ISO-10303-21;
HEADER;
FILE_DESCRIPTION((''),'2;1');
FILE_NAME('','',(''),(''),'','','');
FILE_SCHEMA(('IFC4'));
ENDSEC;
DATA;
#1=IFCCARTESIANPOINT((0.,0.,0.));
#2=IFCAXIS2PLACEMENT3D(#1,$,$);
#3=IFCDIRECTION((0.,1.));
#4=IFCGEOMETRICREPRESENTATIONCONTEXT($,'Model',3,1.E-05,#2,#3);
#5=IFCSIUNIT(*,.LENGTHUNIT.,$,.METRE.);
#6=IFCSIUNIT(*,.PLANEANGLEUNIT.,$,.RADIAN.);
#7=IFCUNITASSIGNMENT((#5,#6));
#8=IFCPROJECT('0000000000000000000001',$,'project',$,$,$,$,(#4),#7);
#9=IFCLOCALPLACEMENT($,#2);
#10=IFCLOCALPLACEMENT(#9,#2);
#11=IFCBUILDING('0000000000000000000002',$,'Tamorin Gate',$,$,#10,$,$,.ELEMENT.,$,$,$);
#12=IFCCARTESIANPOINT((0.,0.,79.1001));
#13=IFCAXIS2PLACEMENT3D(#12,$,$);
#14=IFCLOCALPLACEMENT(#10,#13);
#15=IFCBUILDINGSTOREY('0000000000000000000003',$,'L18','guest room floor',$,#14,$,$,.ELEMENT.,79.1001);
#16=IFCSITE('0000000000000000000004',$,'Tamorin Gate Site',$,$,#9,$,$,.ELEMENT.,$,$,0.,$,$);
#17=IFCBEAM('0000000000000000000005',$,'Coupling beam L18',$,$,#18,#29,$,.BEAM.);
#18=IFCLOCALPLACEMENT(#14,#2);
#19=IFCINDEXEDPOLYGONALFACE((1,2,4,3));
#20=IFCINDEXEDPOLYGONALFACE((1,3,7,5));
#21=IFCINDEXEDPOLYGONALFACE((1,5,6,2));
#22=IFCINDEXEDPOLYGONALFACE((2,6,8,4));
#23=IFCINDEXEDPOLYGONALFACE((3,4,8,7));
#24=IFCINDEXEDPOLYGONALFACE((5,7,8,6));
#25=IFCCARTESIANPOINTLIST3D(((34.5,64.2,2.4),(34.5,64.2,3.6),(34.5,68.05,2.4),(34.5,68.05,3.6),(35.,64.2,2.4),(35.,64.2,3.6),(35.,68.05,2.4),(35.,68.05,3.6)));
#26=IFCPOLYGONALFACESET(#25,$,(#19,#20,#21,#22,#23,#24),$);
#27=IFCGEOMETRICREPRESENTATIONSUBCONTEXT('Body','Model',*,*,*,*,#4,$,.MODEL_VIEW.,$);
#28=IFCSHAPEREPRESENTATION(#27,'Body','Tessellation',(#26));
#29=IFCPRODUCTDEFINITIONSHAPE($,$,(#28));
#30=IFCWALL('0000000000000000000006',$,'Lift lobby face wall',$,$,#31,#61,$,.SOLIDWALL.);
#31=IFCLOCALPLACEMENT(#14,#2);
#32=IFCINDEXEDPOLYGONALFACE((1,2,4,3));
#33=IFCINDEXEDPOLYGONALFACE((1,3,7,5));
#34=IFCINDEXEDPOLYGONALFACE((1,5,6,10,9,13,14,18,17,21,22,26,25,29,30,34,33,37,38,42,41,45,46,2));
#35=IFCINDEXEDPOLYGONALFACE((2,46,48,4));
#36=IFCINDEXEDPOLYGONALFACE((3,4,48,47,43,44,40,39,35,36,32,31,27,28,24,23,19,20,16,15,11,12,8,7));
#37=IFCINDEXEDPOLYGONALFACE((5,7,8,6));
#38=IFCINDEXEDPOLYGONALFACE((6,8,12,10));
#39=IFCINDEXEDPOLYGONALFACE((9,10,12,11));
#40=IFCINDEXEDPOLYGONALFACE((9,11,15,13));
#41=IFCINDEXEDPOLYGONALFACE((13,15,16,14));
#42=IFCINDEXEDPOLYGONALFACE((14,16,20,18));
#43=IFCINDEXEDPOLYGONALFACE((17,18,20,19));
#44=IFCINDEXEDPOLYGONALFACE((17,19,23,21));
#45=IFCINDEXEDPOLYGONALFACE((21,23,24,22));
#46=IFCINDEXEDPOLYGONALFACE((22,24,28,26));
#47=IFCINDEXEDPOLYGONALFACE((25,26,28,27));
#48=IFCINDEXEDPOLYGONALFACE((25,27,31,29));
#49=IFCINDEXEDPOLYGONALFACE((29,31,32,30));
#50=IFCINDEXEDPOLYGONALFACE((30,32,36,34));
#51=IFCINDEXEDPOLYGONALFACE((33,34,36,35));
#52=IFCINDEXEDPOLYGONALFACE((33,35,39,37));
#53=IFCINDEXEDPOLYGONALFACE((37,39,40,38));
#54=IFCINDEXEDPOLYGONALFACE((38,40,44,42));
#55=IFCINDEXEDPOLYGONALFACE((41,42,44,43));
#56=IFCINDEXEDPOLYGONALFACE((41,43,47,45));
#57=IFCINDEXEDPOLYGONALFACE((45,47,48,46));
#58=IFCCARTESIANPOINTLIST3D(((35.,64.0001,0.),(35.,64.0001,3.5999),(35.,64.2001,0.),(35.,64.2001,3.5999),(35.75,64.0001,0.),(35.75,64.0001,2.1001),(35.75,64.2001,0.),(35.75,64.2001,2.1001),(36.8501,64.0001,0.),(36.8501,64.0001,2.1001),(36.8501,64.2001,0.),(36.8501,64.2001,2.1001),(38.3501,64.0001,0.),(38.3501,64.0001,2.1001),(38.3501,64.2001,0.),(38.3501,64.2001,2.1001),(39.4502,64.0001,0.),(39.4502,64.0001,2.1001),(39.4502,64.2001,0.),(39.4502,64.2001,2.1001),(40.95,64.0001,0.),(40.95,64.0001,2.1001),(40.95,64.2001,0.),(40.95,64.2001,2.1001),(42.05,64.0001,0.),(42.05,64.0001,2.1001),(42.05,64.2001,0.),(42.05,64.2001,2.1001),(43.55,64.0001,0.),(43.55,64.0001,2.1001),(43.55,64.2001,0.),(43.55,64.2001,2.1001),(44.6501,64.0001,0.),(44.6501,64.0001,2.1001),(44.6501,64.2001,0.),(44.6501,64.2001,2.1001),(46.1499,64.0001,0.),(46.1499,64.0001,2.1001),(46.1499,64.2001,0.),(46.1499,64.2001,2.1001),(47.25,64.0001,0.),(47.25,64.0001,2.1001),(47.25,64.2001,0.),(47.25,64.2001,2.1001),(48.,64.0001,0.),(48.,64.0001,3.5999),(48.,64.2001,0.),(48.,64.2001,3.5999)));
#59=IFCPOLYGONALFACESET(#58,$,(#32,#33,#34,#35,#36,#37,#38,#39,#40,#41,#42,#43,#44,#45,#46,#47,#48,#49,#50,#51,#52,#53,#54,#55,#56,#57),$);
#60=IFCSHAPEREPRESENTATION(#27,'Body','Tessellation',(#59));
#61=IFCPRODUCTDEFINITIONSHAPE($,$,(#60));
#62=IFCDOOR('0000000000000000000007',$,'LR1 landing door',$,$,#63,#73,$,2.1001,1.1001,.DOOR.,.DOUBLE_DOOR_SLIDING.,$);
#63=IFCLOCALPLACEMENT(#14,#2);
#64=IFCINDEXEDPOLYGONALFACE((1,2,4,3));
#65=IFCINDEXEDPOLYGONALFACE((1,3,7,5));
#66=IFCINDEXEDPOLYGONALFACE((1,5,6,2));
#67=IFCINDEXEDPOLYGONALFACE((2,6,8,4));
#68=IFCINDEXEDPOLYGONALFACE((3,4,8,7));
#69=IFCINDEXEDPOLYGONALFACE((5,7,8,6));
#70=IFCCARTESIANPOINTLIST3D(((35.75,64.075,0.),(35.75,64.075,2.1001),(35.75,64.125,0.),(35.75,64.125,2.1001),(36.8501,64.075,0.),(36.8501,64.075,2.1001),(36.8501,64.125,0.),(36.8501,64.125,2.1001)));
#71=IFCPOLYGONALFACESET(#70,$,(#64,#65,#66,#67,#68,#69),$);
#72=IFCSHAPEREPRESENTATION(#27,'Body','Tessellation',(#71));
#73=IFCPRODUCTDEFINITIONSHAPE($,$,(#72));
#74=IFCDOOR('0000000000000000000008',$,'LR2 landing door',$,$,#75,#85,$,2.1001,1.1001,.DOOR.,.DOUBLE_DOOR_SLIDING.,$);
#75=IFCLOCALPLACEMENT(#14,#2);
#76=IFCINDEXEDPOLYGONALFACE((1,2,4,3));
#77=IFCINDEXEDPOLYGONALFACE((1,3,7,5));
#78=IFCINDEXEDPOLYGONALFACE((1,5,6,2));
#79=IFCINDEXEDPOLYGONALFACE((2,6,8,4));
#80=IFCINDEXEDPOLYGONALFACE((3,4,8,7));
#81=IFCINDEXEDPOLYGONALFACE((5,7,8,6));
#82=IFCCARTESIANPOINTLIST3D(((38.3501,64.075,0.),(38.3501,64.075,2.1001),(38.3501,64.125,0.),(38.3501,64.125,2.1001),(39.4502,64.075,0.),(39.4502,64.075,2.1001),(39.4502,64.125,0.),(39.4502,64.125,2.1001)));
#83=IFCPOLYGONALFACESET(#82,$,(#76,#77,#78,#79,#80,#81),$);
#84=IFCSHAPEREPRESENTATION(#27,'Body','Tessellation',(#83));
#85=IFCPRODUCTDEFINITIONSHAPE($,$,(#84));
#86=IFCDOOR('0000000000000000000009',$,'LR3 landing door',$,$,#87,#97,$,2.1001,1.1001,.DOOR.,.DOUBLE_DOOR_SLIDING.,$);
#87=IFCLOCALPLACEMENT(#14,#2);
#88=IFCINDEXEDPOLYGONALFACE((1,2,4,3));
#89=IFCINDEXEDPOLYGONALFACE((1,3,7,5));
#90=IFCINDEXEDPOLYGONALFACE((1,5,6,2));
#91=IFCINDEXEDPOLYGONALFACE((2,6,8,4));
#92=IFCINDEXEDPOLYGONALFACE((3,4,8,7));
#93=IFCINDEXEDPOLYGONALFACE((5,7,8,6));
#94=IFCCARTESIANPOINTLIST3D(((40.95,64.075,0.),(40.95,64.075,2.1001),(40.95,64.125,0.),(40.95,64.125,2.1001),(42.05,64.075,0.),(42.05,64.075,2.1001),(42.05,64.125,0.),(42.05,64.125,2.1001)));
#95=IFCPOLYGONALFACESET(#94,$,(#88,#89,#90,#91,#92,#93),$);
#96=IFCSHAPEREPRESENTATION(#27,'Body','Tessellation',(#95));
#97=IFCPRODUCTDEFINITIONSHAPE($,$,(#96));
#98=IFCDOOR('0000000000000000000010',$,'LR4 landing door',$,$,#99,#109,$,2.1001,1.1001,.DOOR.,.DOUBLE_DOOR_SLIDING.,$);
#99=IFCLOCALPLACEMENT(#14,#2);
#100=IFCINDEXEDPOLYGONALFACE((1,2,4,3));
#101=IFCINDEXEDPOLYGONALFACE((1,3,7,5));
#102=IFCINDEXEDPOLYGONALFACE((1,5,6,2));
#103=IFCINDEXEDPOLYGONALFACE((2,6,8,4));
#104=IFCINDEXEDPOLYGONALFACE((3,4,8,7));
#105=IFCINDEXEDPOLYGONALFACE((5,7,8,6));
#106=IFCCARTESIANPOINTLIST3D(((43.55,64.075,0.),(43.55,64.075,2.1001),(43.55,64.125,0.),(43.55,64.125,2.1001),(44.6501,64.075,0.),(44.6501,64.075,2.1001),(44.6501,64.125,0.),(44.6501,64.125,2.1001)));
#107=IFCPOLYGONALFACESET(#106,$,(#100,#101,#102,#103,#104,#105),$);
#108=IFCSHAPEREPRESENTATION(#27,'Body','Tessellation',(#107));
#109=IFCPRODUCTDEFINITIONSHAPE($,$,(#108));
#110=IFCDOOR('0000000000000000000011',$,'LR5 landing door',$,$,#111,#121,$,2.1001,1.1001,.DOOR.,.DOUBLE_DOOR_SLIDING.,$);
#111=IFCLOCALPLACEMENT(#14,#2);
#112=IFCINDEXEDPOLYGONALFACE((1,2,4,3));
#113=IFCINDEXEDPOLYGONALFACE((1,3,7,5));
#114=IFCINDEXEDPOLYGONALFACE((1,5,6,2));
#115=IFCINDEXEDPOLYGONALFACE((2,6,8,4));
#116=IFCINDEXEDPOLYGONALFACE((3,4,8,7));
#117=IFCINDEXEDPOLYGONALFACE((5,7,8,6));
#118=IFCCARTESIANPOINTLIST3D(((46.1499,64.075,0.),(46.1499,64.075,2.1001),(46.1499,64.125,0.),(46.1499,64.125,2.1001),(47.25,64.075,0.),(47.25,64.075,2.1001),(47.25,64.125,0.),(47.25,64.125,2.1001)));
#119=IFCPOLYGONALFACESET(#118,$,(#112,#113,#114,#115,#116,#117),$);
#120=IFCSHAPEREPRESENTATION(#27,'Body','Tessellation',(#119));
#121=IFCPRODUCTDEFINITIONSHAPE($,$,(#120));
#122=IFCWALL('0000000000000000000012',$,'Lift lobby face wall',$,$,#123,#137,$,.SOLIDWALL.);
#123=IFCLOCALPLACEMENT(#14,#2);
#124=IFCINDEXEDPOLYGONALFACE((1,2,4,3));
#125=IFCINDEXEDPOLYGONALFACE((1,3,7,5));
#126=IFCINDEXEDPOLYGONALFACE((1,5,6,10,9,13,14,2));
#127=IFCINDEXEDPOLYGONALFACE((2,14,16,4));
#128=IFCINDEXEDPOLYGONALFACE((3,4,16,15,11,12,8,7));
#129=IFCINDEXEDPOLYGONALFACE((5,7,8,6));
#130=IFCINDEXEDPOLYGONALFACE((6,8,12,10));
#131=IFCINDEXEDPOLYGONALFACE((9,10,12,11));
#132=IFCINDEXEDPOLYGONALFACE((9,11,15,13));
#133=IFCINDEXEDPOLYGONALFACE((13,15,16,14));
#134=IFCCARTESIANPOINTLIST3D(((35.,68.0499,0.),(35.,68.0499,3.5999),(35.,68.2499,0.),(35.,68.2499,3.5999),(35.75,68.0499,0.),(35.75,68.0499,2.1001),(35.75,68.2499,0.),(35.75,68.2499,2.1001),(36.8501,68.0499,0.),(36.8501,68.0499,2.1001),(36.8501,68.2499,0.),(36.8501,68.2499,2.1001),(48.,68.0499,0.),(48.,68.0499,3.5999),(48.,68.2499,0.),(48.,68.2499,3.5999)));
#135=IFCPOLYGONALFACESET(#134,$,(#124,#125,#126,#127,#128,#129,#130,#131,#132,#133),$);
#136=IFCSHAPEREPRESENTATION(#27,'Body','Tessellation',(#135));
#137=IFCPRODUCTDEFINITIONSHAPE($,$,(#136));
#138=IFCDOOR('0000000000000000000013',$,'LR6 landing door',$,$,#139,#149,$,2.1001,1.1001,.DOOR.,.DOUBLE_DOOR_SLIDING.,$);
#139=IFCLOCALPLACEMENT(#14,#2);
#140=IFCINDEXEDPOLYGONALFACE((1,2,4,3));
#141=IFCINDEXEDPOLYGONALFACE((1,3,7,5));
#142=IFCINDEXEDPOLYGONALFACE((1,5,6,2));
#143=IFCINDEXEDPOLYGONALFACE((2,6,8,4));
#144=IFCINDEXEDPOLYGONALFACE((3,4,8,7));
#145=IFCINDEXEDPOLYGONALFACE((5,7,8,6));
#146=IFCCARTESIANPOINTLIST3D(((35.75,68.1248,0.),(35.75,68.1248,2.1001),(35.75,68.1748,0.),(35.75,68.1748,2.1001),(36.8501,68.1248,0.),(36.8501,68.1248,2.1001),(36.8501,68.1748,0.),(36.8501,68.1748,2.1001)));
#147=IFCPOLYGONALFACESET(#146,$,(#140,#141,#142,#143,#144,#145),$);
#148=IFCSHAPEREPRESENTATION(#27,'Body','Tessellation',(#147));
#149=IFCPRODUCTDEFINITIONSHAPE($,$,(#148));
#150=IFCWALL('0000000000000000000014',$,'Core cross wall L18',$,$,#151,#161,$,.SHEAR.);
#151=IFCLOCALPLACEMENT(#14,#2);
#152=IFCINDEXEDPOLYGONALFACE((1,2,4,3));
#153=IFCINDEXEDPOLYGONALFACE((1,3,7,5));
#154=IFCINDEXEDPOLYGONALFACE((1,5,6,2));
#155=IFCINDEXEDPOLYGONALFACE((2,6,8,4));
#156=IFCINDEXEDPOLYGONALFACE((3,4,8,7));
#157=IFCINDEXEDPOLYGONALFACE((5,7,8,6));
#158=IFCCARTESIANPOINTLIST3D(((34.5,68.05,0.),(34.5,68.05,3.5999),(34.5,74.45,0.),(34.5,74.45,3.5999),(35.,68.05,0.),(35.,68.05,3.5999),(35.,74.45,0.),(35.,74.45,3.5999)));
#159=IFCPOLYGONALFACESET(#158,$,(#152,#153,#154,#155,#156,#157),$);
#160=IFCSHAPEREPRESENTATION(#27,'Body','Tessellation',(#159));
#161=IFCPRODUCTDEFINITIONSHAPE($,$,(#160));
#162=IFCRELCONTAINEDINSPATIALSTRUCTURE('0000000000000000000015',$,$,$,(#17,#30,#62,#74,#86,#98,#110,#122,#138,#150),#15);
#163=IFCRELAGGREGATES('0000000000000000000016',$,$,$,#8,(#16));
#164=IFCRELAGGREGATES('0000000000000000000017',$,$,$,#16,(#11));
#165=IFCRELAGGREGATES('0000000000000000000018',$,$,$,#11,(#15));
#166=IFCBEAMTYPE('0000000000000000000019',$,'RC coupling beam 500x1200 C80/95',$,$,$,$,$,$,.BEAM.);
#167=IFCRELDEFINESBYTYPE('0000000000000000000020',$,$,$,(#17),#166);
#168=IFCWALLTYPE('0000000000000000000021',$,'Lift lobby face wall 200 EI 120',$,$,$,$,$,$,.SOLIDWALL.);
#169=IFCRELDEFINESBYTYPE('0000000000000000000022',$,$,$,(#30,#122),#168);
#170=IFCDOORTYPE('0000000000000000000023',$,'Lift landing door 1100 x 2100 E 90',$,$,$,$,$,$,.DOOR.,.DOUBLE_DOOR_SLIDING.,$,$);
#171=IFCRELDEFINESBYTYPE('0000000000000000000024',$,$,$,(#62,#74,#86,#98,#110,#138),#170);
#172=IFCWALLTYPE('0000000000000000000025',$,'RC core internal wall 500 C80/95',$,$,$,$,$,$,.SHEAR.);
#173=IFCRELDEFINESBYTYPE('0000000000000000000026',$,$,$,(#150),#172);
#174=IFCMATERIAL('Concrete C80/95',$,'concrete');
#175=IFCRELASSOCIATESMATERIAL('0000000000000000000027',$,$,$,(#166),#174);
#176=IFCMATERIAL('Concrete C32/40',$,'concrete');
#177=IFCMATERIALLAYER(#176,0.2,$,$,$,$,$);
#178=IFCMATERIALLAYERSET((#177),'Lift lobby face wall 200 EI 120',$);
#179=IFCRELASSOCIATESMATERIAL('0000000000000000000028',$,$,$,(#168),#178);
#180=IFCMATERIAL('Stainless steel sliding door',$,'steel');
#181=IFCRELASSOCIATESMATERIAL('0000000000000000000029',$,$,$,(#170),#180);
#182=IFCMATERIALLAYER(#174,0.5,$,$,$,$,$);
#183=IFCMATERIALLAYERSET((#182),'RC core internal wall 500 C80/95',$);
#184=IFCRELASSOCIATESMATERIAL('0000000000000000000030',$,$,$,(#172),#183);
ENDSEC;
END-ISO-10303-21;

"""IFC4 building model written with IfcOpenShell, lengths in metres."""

from ifc_helpers import new_model, si_unit, direction, frame, frame_2d, origin, origin_2d, place, context, subcontext, project, spatial, rectangle, extrude, material, layer, layer_set, material_profile, profile_set, type_object, element, fill, save


model = new_model("IFC4")

# Units and contexts
model_context = context("Model", 3, precision=1e-05, world=origin(), true_north=direction((0.0, 1.0)))
body_context = subcontext(model_context, "Body", "Model", "MODEL_VIEW")
ifc_project = project(units=[si_unit("LENGTHUNIT", "METRE"), si_unit("PLANEANGLEUNIT", "RADIAN")], contexts=[model_context])

# Site, building, storey
site_placement = place(None, origin())
site = spatial("IfcSite", under=ifc_project, at=site_placement, Name="Tamorin Gate Site", CompositionType="ELEMENT", RefElevation=0.0)
building_placement = place(site_placement, origin())
building = spatial("IfcBuilding", under=site, at=building_placement, Name="Tamorin Gate", CompositionType="ELEMENT")
storey_placement = place(building_placement, frame((0.0, 0.0, 79.1001)))
storey = spatial("IfcBuildingStorey", under=building, at=storey_placement, Name="L18", Description="guest room floor", CompositionType="ELEMENT", Elevation=79.1001)

# Beam
ifc_material_1 = material(Name="Concrete C80/95", Category="concrete")
ifc_material_profile = material_profile(ifc_material_1, rectangle(XDim=0.5, YDim=1.2, at=origin_2d()), Name="RC 500x1200")
ifc_profile_set = profile_set([ifc_material_profile], Name="Concrete C80/95")
beam_type = type_object("IfcBeamType", Name="RC coupling beam 500x1200 C80/95", PredefinedType="BEAM", material=ifc_profile_set)
beam_placement = place(storey_placement, frame((34.75, 64.2, 3.0), z_axis=(0.0, 1.0, 0.0), x_axis=(-1.0, 0.0, 0.0)))
element("IfcBeam", 1, at=beam_placement, inside=storey, type_object=beam_type, Name="Coupling beam L18", PredefinedType="BEAM", context=body_context, shape_type="SweptSolid", body=[
    extrude(rectangle(XDim=0.5, YDim=1.2, at=origin_2d()), origin(), (0.0, 0.0, 1.0), 3.8501),
])

# Wall, openings, doors
ifc_material_2 = material(Name="Concrete C32/40", Category="concrete")
ifc_layer_1 = layer(ifc_material_2, 0.2)
ifc_layer_set_1 = layer_set([ifc_layer_1], Name="Lift lobby face wall 200 EI 120")
wall_type_1 = type_object("IfcWallType", Name="Lift lobby face wall 200 EI 120", PredefinedType="SOLIDWALL", material=ifc_layer_set_1)
wall_1_placement = place(storey_placement, frame((35.0, 64.1001, 0.0), z_axis=(0.0, 0.0, 1.0), x_axis=(1.0, 0.0, 0.0)))
wall_1 = element("IfcWall", 2, at=wall_1_placement, inside=storey, type_object=wall_type_1, Name="Lift lobby face wall", PredefinedType="SOLIDWALL", context=body_context, shape_type="SweptSolid", body=[
    extrude(rectangle(XDim=13.0, YDim=0.2, at=frame_2d((6.5, 0.0))), origin(), (0.0, 0.0, 1.0), 3.5999),
])
opening_1_placement = place(wall_1_placement, frame((0.75, 0.0, 0.0)))
opening_1 = element("IfcOpeningElement", 3, at=opening_1_placement, cuts=wall_1, PredefinedType="OPENING", context=body_context, shape_type="SweptSolid", body=[
    extrude(rectangle(XDim=1.1001, YDim=2.1001, at=frame_2d((0.55, 1.05))), frame((0.0, 0.1099, 0.0), z_axis=(0.0, -1.0, 0.0), x_axis=(1.0, 0.0, 0.0)), (0.0, 0.0, 1.0), 0.22),
])
opening_2_placement = place(wall_1_placement, frame((3.3501, 0.0, 0.0)))
opening_2 = element("IfcOpeningElement", 4, at=opening_2_placement, cuts=wall_1, PredefinedType="OPENING", context=body_context, shape_type="SweptSolid", body=[
    extrude(rectangle(XDim=1.1001, YDim=2.1001, at=frame_2d((0.55, 1.05))), frame((0.0, 0.1099, 0.0), z_axis=(0.0, -1.0, 0.0), x_axis=(1.0, 0.0, 0.0)), (0.0, 0.0, 1.0), 0.22),
])
opening_3_placement = place(wall_1_placement, frame((5.95, 0.0, 0.0)))
opening_3 = element("IfcOpeningElement", 5, at=opening_3_placement, cuts=wall_1, PredefinedType="OPENING", context=body_context, shape_type="SweptSolid", body=[
    extrude(rectangle(XDim=1.1001, YDim=2.1001, at=frame_2d((0.55, 1.05))), frame((0.0, 0.1099, 0.0), z_axis=(0.0, -1.0, 0.0), x_axis=(1.0, 0.0, 0.0)), (0.0, 0.0, 1.0), 0.22),
])
opening_4_placement = place(wall_1_placement, frame((8.55, 0.0, 0.0)))
opening_4 = element("IfcOpeningElement", 6, at=opening_4_placement, cuts=wall_1, PredefinedType="OPENING", context=body_context, shape_type="SweptSolid", body=[
    extrude(rectangle(XDim=1.1001, YDim=2.1001, at=frame_2d((0.55, 1.05))), frame((0.0, 0.1099, 0.0), z_axis=(0.0, -1.0, 0.0), x_axis=(1.0, 0.0, 0.0)), (0.0, 0.0, 1.0), 0.22),
])
opening_5_placement = place(wall_1_placement, frame((11.1499, 0.0, 0.0)))
opening_5 = element("IfcOpeningElement", 7, at=opening_5_placement, cuts=wall_1, PredefinedType="OPENING", context=body_context, shape_type="SweptSolid", body=[
    extrude(rectangle(XDim=1.1001, YDim=2.1001, at=frame_2d((0.55, 1.05))), frame((0.0, 0.1099, 0.0), z_axis=(0.0, -1.0, 0.0), x_axis=(1.0, 0.0, 0.0)), (0.0, 0.0, 1.0), 0.22),
])
ifc_material_3 = material(Name="Stainless steel sliding door", Category="steel")
door_type_1 = type_object("IfcDoorType", Name="Lift landing door 1100 x 2100 E 90", OperationType="DOUBLE_DOOR_SLIDING", PredefinedType="DOOR", material=ifc_material_3)
door_1_placement = place(opening_1_placement, origin())
door_1 = element("IfcDoor", 8, at=door_1_placement, inside=storey, type_object=door_type_1, Name="LR1 landing door", OperationType="DOUBLE_DOOR_SLIDING", OverallHeight=2.1001, OverallWidth=1.1001, PredefinedType="DOOR", context=body_context, shape_type="SweptSolid", body=[
    extrude(rectangle(XDim=1.1001, YDim=2.1001, at=frame_2d((0.55, 1.05))), frame((0.0, 0.0249, 0.0), z_axis=(0.0, -1.0, 0.0), x_axis=(1.0, 0.0, 0.0)), (0.0, 0.0, 1.0), 0.05),
])
fill(opening_1, door_1)
door_2_placement = place(opening_2_placement, origin())
door_2 = element("IfcDoor", 9, at=door_2_placement, inside=storey, type_object=door_type_1, Name="LR2 landing door", OperationType="DOUBLE_DOOR_SLIDING", OverallHeight=2.1001, OverallWidth=1.1001, PredefinedType="DOOR", context=body_context, shape_type="SweptSolid", body=[
    extrude(rectangle(XDim=1.1001, YDim=2.1001, at=frame_2d((0.55, 1.05))), frame((0.0, 0.0249, 0.0), z_axis=(0.0, -1.0, 0.0), x_axis=(1.0, 0.0, 0.0)), (0.0, 0.0, 1.0), 0.05),
])
fill(opening_2, door_2)
door_3_placement = place(opening_3_placement, origin())
door_3 = element("IfcDoor", 10, at=door_3_placement, inside=storey, type_object=door_type_1, Name="LR3 landing door", OperationType="DOUBLE_DOOR_SLIDING", OverallHeight=2.1001, OverallWidth=1.1001, PredefinedType="DOOR", context=body_context, shape_type="SweptSolid", body=[
    extrude(rectangle(XDim=1.1001, YDim=2.1001, at=frame_2d((0.55, 1.05))), frame((0.0, 0.0249, 0.0), z_axis=(0.0, -1.0, 0.0), x_axis=(1.0, 0.0, 0.0)), (0.0, 0.0, 1.0), 0.05),
])
fill(opening_3, door_3)
door_4_placement = place(opening_4_placement, origin())
door_4 = element("IfcDoor", 11, at=door_4_placement, inside=storey, type_object=door_type_1, Name="LR4 landing door", OperationType="DOUBLE_DOOR_SLIDING", OverallHeight=2.1001, OverallWidth=1.1001, PredefinedType="DOOR", context=body_context, shape_type="SweptSolid", body=[
    extrude(rectangle(XDim=1.1001, YDim=2.1001, at=frame_2d((0.55, 1.05))), frame((0.0, 0.0249, 0.0), z_axis=(0.0, -1.0, 0.0), x_axis=(1.0, 0.0, 0.0)), (0.0, 0.0, 1.0), 0.05),
])
fill(opening_4, door_4)
door_5_placement = place(opening_5_placement, origin())
door_5 = element("IfcDoor", 12, at=door_5_placement, inside=storey, type_object=door_type_1, Name="LR5 landing door", OperationType="DOUBLE_DOOR_SLIDING", OverallHeight=2.1001, OverallWidth=1.1001, PredefinedType="DOOR", context=body_context, shape_type="SweptSolid", body=[
    extrude(rectangle(XDim=1.1001, YDim=2.1001, at=frame_2d((0.55, 1.05))), frame((0.0, 0.0249, 0.0), z_axis=(0.0, -1.0, 0.0), x_axis=(1.0, 0.0, 0.0)), (0.0, 0.0, 1.0), 0.05),
])
fill(opening_5, door_5)

# Wall, opening, door
wall_2_placement = place(storey_placement, frame((35.0, 68.1499, 0.0), z_axis=(0.0, 0.0, 1.0), x_axis=(1.0, 0.0, 0.0)))
wall_2 = element("IfcWall", 13, at=wall_2_placement, inside=storey, type_object=wall_type_1, Name="Lift lobby face wall", PredefinedType="SOLIDWALL", context=body_context, shape_type="SweptSolid", body=[
    extrude(rectangle(XDim=13.0, YDim=0.2, at=frame_2d((6.5, 0.0))), origin(), (0.0, 0.0, 1.0), 3.5999),
])
opening_6_placement = place(wall_2_placement, frame((0.75, 0.0, 0.0)))
opening_6 = element("IfcOpeningElement", 14, at=opening_6_placement, cuts=wall_2, PredefinedType="OPENING", context=body_context, shape_type="SweptSolid", body=[
    extrude(rectangle(XDim=1.1001, YDim=2.1001, at=frame_2d((0.55, 1.05))), frame((0.0, 0.1099, 0.0), z_axis=(0.0, -1.0, 0.0), x_axis=(1.0, 0.0, 0.0)), (0.0, 0.0, 1.0), 0.22),
])
door_6_placement = place(opening_6_placement, origin())
door_6 = element("IfcDoor", 15, at=door_6_placement, inside=storey, type_object=door_type_1, Name="LR6 landing door", OperationType="DOUBLE_DOOR_SLIDING", OverallHeight=2.1001, OverallWidth=1.1001, PredefinedType="DOOR", context=body_context, shape_type="SweptSolid", body=[
    extrude(rectangle(XDim=1.1001, YDim=2.1001, at=frame_2d((0.55, 1.05))), frame((0.0, 0.0249, 0.0), z_axis=(0.0, -1.0, 0.0), x_axis=(1.0, 0.0, 0.0)), (0.0, 0.0, 1.0), 0.05),
])
fill(opening_6, door_6)

# Wall
ifc_layer_2 = layer(ifc_material_1, 0.5)
ifc_layer_set_2 = layer_set([ifc_layer_2], Name="RC core internal wall 500 C80/95")
wall_type_2 = type_object("IfcWallType", Name="RC core internal wall 500 C80/95", PredefinedType="SHEAR", material=ifc_layer_set_2)
wall_3_placement = place(storey_placement, frame((34.75, 68.05, 0.0), z_axis=(0.0, 0.0, 1.0), x_axis=(0.0, 1.0, 0.0)))
element("IfcWall", 16, at=wall_3_placement, inside=storey, type_object=wall_type_2, Name="Core cross wall L18", PredefinedType="SHEAR", context=body_context, shape_type="SweptSolid", body=[
    extrude(rectangle(XDim=6.3999, YDim=0.5, at=frame_2d((3.2, 0.0))), origin(), (0.0, 0.0, 1.0), 3.5999),
])

save(model, "model.ifc")
